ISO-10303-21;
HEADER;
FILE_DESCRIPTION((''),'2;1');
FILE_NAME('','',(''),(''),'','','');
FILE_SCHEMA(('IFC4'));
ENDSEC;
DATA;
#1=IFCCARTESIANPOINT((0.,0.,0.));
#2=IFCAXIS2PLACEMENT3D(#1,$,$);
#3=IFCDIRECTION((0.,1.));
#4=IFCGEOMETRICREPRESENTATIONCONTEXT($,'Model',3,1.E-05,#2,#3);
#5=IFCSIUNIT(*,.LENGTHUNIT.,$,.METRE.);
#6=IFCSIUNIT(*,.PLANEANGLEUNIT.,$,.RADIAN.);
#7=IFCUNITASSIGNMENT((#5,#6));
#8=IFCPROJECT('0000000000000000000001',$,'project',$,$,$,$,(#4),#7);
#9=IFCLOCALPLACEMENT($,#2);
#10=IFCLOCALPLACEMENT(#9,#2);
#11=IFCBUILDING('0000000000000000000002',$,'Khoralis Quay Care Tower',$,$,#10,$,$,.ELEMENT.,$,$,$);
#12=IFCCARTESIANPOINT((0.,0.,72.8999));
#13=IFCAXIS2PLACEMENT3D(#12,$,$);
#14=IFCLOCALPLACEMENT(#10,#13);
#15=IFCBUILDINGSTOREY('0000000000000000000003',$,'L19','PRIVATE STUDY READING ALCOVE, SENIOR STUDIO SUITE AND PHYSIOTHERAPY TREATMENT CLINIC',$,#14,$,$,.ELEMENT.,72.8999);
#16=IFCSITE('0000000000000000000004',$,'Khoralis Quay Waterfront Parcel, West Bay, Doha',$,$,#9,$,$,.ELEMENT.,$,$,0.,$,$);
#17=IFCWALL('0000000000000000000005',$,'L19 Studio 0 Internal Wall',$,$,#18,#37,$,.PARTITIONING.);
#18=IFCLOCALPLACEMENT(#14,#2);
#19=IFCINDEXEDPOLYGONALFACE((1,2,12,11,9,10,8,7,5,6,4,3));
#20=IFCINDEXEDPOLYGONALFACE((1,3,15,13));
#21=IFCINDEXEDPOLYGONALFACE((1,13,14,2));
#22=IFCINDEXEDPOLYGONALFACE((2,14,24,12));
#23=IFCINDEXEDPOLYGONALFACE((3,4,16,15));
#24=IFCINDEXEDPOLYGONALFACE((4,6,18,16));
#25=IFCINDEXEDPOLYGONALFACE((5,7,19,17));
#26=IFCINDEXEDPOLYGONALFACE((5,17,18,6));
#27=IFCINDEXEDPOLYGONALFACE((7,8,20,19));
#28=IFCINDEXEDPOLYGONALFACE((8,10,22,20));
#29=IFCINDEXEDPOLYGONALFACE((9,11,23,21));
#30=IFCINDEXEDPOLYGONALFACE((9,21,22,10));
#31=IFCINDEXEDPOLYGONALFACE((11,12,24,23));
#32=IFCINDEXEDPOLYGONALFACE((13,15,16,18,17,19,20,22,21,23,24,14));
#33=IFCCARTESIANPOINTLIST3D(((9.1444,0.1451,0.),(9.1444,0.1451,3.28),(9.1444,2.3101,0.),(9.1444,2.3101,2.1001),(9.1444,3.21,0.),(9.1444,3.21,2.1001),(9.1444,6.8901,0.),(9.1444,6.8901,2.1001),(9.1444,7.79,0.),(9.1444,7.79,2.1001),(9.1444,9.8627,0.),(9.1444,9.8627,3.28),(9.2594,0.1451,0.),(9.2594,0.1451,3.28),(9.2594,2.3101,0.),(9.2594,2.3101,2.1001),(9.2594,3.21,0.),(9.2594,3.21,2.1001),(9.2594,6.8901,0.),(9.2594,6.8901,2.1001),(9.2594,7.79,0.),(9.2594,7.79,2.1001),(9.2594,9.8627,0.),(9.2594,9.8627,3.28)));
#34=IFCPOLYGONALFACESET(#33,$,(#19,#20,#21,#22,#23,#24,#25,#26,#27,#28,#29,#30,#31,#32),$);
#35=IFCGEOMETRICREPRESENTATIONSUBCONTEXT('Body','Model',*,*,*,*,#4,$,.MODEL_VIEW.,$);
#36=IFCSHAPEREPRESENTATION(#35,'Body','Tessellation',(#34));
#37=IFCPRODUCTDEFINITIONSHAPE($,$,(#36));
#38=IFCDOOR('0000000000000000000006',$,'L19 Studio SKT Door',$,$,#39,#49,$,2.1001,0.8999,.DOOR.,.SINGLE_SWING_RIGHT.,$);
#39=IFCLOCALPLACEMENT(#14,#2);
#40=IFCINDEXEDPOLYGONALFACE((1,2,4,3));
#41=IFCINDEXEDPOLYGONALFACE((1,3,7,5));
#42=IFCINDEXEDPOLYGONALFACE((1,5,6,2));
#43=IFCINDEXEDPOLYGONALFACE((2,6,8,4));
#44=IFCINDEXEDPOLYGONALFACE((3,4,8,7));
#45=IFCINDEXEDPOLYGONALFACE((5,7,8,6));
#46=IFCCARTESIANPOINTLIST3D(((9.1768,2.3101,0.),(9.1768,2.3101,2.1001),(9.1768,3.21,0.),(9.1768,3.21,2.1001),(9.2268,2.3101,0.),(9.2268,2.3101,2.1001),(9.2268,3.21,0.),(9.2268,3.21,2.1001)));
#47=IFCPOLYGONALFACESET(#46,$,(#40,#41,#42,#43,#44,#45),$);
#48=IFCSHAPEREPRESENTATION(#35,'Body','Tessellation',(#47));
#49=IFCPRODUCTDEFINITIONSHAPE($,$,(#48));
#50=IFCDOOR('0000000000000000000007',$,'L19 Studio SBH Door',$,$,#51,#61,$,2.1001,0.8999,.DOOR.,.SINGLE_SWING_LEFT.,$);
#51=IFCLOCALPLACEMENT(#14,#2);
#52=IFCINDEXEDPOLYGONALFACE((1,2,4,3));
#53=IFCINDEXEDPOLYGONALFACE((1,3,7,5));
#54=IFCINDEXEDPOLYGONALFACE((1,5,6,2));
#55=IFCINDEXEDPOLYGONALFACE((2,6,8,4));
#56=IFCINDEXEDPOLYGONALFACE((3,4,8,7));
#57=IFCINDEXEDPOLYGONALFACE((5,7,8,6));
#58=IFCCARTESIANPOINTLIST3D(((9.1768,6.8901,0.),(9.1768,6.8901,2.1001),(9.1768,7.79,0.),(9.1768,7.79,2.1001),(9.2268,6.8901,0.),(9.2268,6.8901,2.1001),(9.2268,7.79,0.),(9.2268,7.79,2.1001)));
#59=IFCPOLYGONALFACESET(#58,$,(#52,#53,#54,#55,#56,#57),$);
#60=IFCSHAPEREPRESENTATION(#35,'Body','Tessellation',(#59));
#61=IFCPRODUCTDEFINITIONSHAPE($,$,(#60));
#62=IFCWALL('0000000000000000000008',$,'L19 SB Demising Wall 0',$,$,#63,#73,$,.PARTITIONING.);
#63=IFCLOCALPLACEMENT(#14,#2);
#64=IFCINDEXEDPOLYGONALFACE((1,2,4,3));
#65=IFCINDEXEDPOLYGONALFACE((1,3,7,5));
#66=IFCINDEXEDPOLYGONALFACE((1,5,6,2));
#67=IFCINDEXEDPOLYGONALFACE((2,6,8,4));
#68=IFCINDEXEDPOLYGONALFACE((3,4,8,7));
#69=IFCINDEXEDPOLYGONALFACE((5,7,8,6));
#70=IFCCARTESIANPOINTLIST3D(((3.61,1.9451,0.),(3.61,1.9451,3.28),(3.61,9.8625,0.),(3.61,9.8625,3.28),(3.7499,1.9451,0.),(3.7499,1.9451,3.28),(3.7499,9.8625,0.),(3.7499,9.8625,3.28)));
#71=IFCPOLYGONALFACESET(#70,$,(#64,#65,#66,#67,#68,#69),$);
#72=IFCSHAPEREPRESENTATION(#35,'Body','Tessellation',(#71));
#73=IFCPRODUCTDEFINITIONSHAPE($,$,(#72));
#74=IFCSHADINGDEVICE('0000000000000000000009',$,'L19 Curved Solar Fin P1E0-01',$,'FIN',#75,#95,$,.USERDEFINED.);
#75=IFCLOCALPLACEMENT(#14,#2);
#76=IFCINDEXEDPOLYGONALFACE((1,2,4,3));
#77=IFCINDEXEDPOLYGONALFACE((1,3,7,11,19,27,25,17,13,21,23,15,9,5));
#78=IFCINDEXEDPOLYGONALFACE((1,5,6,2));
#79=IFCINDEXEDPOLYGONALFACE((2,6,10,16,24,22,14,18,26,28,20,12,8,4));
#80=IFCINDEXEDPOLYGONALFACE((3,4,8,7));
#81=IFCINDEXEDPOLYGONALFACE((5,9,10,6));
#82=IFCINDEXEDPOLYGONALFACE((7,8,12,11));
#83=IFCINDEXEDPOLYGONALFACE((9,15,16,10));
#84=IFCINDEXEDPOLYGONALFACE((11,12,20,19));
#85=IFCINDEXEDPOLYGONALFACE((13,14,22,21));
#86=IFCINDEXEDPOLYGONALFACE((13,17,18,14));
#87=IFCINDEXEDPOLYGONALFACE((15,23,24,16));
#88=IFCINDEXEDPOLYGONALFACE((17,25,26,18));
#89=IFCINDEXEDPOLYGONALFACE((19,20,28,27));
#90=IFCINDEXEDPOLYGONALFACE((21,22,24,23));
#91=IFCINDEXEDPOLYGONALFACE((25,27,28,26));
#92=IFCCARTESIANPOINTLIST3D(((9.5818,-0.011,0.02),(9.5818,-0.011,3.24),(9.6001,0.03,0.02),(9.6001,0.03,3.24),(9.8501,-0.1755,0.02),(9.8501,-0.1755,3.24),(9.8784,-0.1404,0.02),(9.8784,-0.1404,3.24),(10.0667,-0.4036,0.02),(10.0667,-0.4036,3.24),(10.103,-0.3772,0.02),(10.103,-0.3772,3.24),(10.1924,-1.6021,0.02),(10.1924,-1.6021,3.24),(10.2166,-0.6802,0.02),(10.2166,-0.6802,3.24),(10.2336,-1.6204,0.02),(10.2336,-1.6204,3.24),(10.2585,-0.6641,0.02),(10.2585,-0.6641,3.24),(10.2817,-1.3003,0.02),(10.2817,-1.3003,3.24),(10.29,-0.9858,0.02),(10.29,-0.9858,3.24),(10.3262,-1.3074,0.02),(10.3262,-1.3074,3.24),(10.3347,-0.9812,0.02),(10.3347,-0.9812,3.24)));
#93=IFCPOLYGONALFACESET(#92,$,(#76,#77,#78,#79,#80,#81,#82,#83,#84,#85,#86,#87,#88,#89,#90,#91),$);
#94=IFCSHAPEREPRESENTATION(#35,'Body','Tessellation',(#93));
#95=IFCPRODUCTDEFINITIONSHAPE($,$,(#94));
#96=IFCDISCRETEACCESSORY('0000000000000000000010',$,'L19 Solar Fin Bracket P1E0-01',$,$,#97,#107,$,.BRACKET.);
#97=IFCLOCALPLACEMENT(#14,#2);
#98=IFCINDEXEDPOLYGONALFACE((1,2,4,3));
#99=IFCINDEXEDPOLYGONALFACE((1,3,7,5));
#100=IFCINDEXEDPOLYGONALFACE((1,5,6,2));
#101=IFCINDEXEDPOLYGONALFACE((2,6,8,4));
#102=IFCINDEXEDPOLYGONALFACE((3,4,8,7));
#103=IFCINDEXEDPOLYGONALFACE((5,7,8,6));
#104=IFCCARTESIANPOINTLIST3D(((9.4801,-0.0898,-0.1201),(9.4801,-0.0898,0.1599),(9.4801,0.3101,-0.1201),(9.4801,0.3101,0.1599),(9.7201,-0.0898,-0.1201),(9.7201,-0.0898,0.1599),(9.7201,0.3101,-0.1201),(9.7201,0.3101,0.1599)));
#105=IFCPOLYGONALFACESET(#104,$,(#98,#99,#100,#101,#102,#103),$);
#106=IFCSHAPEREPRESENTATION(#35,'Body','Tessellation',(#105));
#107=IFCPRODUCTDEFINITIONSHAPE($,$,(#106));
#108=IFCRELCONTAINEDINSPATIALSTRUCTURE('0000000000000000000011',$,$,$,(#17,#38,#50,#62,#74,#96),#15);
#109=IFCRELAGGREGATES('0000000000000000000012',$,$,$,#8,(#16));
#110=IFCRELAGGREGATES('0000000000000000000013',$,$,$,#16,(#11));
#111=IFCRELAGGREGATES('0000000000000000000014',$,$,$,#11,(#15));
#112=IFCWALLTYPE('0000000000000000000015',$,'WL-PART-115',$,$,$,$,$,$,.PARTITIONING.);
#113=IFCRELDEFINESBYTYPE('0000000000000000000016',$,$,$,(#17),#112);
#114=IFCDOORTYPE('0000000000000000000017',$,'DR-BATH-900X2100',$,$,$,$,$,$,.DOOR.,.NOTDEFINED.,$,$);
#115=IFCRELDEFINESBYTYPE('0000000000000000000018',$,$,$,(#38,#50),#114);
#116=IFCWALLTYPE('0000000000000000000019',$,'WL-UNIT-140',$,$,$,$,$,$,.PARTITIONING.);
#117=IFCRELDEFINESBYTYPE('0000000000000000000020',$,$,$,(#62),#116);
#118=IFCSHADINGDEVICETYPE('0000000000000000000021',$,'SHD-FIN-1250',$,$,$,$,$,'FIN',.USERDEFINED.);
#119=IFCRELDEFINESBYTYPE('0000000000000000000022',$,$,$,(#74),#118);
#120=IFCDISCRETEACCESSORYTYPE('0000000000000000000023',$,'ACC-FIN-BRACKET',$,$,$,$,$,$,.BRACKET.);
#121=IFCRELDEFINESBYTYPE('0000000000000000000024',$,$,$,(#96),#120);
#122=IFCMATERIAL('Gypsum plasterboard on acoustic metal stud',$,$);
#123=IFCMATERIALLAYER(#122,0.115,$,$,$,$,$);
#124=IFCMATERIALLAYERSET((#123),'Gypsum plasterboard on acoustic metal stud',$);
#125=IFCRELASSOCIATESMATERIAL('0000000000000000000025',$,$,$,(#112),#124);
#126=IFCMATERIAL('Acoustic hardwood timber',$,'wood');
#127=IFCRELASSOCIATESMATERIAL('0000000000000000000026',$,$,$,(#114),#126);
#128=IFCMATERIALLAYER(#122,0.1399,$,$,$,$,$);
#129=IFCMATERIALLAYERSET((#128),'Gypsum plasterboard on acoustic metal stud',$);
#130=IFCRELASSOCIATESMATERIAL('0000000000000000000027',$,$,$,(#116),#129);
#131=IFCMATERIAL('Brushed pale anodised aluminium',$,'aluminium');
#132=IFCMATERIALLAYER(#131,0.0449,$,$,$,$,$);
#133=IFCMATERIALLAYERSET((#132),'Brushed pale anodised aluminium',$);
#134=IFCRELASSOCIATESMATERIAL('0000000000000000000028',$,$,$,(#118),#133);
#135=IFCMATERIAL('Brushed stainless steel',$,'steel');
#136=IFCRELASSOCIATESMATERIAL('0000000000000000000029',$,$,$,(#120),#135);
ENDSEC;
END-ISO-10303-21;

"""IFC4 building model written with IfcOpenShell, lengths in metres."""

from ifc_helpers import new_model, si_unit, direction, frame, frame_2d, origin, origin_2d, place, context, subcontext, project, spatial, polyline, rectangle, outline, extrude, source, transform, mapped, material, layer, layer_set, type_object, element, fill, save


model = new_model("IFC4")

# Units and contexts
model_context = context("Model", 3, precision=1e-05, world=origin(), true_north=direction((0.0, 1.0)))
body_context = subcontext(model_context, "Body", "Model", "MODEL_VIEW")
ifc_project = project(units=[si_unit("LENGTHUNIT", "METRE"), si_unit("PLANEANGLEUNIT", "RADIAN")], contexts=[model_context])

# Site, building, storey
site_placement = place(None, origin())
site = spatial("IfcSite", under=ifc_project, at=site_placement, Name="Khoralis Quay Waterfront Parcel, West Bay, Doha", CompositionType="ELEMENT", RefElevation=0.0)
building_placement = place(site_placement, origin())
building = spatial("IfcBuilding", under=site, at=building_placement, Name="Khoralis Quay Care Tower", CompositionType="ELEMENT")
storey_placement = place(building_placement, frame((0.0, 0.0, 72.8999)))
storey = spatial("IfcBuildingStorey", under=building, at=storey_placement, Name="L19", Description="PRIVATE STUDY READING ALCOVE, SENIOR STUDIO SUITE AND PHYSIOTHERAPY TREATMENT CLINIC", CompositionType="ELEMENT", Elevation=72.8999)

# Wall, openings, doors
ifc_material_1 = material(Name="Gypsum plasterboard on acoustic metal stud")
ifc_layer_1 = layer(ifc_material_1, 0.115)
ifc_layer_set_1 = layer_set([ifc_layer_1], Name="Gypsum plasterboard on acoustic metal stud")
wall_type_1 = type_object("IfcWallType", Name="WL-PART-115", PredefinedType="PARTITIONING", material=ifc_layer_set_1)
wall_1_placement = place(storey_placement, frame((9.2019, 0.145, 0.0), z_axis=(0.0, 0.0, 1.0), x_axis=(0.0, 1.0, 0.0)))
wall_1 = element("IfcWall", 1, at=wall_1_placement, inside=storey, type_object=wall_type_1, Name="L19 Studio 0 Internal Wall", PredefinedType="PARTITIONING", context=body_context, shape_type="SweptSolid", body=[
    extrude(rectangle(XDim=9.7175, YDim=0.115, at=frame_2d((4.8589, 0.0))), origin(), (0.0, 0.0, 1.0), 3.28),
])
opening_1_placement = place(wall_1_placement, frame((2.165, 0.0, 0.0)))
opening_1 = element("IfcOpeningElement", 2, at=opening_1_placement, cuts=wall_1, PredefinedType="OPENING", context=body_context, shape_type="SweptSolid", body=[
    extrude(rectangle(XDim=0.8999, YDim=2.1001, at=frame_2d((0.45, 1.05))), frame((0.0, 0.0674, 0.0), z_axis=(0.0, -1.0, 0.0), x_axis=(1.0, 0.0, 0.0)), (0.0, 0.0, 1.0), 0.135),
])
opening_2_placement = place(wall_1_placement, frame((6.7451, 0.0, 0.0)))
opening_2 = element("IfcOpeningElement", 3, at=opening_2_placement, cuts=wall_1, PredefinedType="OPENING", context=body_context, shape_type="SweptSolid", body=[
    extrude(rectangle(XDim=0.8999, YDim=2.1001, at=frame_2d((0.45, 1.05))), frame((0.0, 0.0674, 0.0), z_axis=(0.0, -1.0, 0.0), x_axis=(1.0, 0.0, 0.0)), (0.0, 0.0, 1.0), 0.135),
])
ifc_material_2 = material(Name="Acoustic hardwood timber", Category="wood")
door_type = type_object("IfcDoorType", Name="DR-BATH-900X2100", OperationType="NOTDEFINED", PredefinedType="DOOR", material=ifc_material_2)
shared_shape_1 = source(origin(), body_context, "Body", "SweptSolid", [
    extrude(rectangle(XDim=0.8999, YDim=2.1001, at=frame_2d((0.45, 1.05))), frame((0.0, 0.0249, 0.0), z_axis=(0.0, -1.0, 0.0), x_axis=(1.0, 0.0, 0.0)), (0.0, 0.0, 1.0), 0.05),
])
door_1_placement = place(opening_1_placement, frame((0.8999, 0.0, 0.0), z_axis=(0.0, 0.0, 1.0), x_axis=(-1.0, 0.0, 0.0)))
door_1 = element("IfcDoor", 4, at=door_1_placement, inside=storey, type_object=door_type, Name="L19 Studio SKT Door", OperationType="SINGLE_SWING_RIGHT", OverallHeight=2.1001, OverallWidth=0.8999, PredefinedType="DOOR", context=body_context, shape_type="MappedRepresentation", body=[
    mapped(shared_shape_1, transform((0.0, 0.0, 0.0), scale=1.0)),
])
fill(opening_1, door_1)
door_2_placement = place(opening_2_placement, frame((0.8999, 0.0, 0.0), z_axis=(0.0, 0.0, 1.0), x_axis=(-1.0, 0.0, 0.0)))
door_2 = element("IfcDoor", 5, at=door_2_placement, inside=storey, type_object=door_type, Name="L19 Studio SBH Door", OperationType="SINGLE_SWING_LEFT", OverallHeight=2.1001, OverallWidth=0.8999, PredefinedType="DOOR", context=body_context, shape_type="MappedRepresentation", body=[
    mapped(shared_shape_1, transform((0.0, 0.0, 0.0), scale=1.0)),
])
fill(opening_2, door_2)

# Wall
ifc_layer_2 = layer(ifc_material_1, 0.1399)
ifc_layer_set_2 = layer_set([ifc_layer_2], Name="Gypsum plasterboard on acoustic metal stud")
wall_type_2 = type_object("IfcWallType", Name="WL-UNIT-140", PredefinedType="PARTITIONING", material=ifc_layer_set_2)
wall_2_placement = place(storey_placement, frame((3.6799, 1.9451, 0.0), z_axis=(0.0, 0.0, 1.0), x_axis=(0.0, 1.0, 0.0)))
element("IfcWall", 6, at=wall_2_placement, inside=storey, type_object=wall_type_2, Name="L19 SB Demising Wall 0", PredefinedType="PARTITIONING", context=body_context, shape_type="SweptSolid", body=[
    extrude(rectangle(XDim=7.9175, YDim=0.1399, at=frame_2d((3.9587, 0.0))), origin(), (0.0, 0.0, 1.0), 3.28),
])

# Shading device
ifc_material_3 = material(Name="Brushed pale anodised aluminium", Category="aluminium")
ifc_layer_3 = layer(ifc_material_3, 0.0449)
ifc_layer_set_3 = layer_set([ifc_layer_3], Name="Brushed pale anodised aluminium")
shading_device_type = type_object("IfcShadingDeviceType", Name="SHD-FIN-1250", ElementType="FIN", PredefinedType="USERDEFINED", material=ifc_layer_set_3)
shared_shape_2 = source(origin(), body_context, "Body", "SweptSolid", [
    extrude(outline(polyline([(0.0, 0.0), (0.1704, 0.2783), (0.4072, 0.5029), (0.6941, 0.6584), (1.0112, 0.7346), (1.3374, 0.7261), (1.6504, 0.6335), (1.6321, 0.5923), (1.3303, 0.6816), (1.0159, 0.6899), (0.7102, 0.6165), (0.4336, 0.4666), (0.2056, 0.25), (0.041, -0.0183), (0.0, 0.0)])), origin(), (0.0, 0.0, 1.0), 3.22),
])
shading_device_placement = place(storey_placement, frame((9.6001, 0.03, 0.02), z_axis=(0.0, 0.0, 1.0), x_axis=(0.0, -1.0, 0.0)))
element("IfcShadingDevice", 7, at=shading_device_placement, inside=storey, type_object=shading_device_type, Name="L19 Curved Solar Fin P1E0-01", ObjectType="FIN", PredefinedType="USERDEFINED", context=body_context, shape_type="MappedRepresentation", body=[
    mapped(shared_shape_2, transform((0.0, 0.0, 0.0), scale=1.0)),
])

# Discrete accessory
ifc_material_4 = material(Name="Brushed stainless steel", Category="steel")
discrete_accessory_type = type_object("IfcDiscreteAccessoryType", Name="ACC-FIN-BRACKET", PredefinedType="BRACKET", material=ifc_material_4)
shared_shape_3 = source(origin(), body_context, "Body", "SweptSolid", [
    extrude(rectangle(XDim=0.3999, YDim=0.24, at=origin_2d()), origin(), (0.0, 0.0, 1.0), 0.28),
])
discrete_accessory_placement = place(storey_placement, frame((9.6001, 0.1101, -0.1201), z_axis=(0.0, 0.0, 1.0), x_axis=(0.0, -1.0, 0.0)))
element("IfcDiscreteAccessory", 8, at=discrete_accessory_placement, inside=storey, type_object=discrete_accessory_type, Name="L19 Solar Fin Bracket P1E0-01", PredefinedType="BRACKET", context=body_context, shape_type="MappedRepresentation", body=[
    mapped(shared_shape_3, transform((0.0, 0.0, 0.0), scale=1.0)),
])

save(model, "model.ifc")
